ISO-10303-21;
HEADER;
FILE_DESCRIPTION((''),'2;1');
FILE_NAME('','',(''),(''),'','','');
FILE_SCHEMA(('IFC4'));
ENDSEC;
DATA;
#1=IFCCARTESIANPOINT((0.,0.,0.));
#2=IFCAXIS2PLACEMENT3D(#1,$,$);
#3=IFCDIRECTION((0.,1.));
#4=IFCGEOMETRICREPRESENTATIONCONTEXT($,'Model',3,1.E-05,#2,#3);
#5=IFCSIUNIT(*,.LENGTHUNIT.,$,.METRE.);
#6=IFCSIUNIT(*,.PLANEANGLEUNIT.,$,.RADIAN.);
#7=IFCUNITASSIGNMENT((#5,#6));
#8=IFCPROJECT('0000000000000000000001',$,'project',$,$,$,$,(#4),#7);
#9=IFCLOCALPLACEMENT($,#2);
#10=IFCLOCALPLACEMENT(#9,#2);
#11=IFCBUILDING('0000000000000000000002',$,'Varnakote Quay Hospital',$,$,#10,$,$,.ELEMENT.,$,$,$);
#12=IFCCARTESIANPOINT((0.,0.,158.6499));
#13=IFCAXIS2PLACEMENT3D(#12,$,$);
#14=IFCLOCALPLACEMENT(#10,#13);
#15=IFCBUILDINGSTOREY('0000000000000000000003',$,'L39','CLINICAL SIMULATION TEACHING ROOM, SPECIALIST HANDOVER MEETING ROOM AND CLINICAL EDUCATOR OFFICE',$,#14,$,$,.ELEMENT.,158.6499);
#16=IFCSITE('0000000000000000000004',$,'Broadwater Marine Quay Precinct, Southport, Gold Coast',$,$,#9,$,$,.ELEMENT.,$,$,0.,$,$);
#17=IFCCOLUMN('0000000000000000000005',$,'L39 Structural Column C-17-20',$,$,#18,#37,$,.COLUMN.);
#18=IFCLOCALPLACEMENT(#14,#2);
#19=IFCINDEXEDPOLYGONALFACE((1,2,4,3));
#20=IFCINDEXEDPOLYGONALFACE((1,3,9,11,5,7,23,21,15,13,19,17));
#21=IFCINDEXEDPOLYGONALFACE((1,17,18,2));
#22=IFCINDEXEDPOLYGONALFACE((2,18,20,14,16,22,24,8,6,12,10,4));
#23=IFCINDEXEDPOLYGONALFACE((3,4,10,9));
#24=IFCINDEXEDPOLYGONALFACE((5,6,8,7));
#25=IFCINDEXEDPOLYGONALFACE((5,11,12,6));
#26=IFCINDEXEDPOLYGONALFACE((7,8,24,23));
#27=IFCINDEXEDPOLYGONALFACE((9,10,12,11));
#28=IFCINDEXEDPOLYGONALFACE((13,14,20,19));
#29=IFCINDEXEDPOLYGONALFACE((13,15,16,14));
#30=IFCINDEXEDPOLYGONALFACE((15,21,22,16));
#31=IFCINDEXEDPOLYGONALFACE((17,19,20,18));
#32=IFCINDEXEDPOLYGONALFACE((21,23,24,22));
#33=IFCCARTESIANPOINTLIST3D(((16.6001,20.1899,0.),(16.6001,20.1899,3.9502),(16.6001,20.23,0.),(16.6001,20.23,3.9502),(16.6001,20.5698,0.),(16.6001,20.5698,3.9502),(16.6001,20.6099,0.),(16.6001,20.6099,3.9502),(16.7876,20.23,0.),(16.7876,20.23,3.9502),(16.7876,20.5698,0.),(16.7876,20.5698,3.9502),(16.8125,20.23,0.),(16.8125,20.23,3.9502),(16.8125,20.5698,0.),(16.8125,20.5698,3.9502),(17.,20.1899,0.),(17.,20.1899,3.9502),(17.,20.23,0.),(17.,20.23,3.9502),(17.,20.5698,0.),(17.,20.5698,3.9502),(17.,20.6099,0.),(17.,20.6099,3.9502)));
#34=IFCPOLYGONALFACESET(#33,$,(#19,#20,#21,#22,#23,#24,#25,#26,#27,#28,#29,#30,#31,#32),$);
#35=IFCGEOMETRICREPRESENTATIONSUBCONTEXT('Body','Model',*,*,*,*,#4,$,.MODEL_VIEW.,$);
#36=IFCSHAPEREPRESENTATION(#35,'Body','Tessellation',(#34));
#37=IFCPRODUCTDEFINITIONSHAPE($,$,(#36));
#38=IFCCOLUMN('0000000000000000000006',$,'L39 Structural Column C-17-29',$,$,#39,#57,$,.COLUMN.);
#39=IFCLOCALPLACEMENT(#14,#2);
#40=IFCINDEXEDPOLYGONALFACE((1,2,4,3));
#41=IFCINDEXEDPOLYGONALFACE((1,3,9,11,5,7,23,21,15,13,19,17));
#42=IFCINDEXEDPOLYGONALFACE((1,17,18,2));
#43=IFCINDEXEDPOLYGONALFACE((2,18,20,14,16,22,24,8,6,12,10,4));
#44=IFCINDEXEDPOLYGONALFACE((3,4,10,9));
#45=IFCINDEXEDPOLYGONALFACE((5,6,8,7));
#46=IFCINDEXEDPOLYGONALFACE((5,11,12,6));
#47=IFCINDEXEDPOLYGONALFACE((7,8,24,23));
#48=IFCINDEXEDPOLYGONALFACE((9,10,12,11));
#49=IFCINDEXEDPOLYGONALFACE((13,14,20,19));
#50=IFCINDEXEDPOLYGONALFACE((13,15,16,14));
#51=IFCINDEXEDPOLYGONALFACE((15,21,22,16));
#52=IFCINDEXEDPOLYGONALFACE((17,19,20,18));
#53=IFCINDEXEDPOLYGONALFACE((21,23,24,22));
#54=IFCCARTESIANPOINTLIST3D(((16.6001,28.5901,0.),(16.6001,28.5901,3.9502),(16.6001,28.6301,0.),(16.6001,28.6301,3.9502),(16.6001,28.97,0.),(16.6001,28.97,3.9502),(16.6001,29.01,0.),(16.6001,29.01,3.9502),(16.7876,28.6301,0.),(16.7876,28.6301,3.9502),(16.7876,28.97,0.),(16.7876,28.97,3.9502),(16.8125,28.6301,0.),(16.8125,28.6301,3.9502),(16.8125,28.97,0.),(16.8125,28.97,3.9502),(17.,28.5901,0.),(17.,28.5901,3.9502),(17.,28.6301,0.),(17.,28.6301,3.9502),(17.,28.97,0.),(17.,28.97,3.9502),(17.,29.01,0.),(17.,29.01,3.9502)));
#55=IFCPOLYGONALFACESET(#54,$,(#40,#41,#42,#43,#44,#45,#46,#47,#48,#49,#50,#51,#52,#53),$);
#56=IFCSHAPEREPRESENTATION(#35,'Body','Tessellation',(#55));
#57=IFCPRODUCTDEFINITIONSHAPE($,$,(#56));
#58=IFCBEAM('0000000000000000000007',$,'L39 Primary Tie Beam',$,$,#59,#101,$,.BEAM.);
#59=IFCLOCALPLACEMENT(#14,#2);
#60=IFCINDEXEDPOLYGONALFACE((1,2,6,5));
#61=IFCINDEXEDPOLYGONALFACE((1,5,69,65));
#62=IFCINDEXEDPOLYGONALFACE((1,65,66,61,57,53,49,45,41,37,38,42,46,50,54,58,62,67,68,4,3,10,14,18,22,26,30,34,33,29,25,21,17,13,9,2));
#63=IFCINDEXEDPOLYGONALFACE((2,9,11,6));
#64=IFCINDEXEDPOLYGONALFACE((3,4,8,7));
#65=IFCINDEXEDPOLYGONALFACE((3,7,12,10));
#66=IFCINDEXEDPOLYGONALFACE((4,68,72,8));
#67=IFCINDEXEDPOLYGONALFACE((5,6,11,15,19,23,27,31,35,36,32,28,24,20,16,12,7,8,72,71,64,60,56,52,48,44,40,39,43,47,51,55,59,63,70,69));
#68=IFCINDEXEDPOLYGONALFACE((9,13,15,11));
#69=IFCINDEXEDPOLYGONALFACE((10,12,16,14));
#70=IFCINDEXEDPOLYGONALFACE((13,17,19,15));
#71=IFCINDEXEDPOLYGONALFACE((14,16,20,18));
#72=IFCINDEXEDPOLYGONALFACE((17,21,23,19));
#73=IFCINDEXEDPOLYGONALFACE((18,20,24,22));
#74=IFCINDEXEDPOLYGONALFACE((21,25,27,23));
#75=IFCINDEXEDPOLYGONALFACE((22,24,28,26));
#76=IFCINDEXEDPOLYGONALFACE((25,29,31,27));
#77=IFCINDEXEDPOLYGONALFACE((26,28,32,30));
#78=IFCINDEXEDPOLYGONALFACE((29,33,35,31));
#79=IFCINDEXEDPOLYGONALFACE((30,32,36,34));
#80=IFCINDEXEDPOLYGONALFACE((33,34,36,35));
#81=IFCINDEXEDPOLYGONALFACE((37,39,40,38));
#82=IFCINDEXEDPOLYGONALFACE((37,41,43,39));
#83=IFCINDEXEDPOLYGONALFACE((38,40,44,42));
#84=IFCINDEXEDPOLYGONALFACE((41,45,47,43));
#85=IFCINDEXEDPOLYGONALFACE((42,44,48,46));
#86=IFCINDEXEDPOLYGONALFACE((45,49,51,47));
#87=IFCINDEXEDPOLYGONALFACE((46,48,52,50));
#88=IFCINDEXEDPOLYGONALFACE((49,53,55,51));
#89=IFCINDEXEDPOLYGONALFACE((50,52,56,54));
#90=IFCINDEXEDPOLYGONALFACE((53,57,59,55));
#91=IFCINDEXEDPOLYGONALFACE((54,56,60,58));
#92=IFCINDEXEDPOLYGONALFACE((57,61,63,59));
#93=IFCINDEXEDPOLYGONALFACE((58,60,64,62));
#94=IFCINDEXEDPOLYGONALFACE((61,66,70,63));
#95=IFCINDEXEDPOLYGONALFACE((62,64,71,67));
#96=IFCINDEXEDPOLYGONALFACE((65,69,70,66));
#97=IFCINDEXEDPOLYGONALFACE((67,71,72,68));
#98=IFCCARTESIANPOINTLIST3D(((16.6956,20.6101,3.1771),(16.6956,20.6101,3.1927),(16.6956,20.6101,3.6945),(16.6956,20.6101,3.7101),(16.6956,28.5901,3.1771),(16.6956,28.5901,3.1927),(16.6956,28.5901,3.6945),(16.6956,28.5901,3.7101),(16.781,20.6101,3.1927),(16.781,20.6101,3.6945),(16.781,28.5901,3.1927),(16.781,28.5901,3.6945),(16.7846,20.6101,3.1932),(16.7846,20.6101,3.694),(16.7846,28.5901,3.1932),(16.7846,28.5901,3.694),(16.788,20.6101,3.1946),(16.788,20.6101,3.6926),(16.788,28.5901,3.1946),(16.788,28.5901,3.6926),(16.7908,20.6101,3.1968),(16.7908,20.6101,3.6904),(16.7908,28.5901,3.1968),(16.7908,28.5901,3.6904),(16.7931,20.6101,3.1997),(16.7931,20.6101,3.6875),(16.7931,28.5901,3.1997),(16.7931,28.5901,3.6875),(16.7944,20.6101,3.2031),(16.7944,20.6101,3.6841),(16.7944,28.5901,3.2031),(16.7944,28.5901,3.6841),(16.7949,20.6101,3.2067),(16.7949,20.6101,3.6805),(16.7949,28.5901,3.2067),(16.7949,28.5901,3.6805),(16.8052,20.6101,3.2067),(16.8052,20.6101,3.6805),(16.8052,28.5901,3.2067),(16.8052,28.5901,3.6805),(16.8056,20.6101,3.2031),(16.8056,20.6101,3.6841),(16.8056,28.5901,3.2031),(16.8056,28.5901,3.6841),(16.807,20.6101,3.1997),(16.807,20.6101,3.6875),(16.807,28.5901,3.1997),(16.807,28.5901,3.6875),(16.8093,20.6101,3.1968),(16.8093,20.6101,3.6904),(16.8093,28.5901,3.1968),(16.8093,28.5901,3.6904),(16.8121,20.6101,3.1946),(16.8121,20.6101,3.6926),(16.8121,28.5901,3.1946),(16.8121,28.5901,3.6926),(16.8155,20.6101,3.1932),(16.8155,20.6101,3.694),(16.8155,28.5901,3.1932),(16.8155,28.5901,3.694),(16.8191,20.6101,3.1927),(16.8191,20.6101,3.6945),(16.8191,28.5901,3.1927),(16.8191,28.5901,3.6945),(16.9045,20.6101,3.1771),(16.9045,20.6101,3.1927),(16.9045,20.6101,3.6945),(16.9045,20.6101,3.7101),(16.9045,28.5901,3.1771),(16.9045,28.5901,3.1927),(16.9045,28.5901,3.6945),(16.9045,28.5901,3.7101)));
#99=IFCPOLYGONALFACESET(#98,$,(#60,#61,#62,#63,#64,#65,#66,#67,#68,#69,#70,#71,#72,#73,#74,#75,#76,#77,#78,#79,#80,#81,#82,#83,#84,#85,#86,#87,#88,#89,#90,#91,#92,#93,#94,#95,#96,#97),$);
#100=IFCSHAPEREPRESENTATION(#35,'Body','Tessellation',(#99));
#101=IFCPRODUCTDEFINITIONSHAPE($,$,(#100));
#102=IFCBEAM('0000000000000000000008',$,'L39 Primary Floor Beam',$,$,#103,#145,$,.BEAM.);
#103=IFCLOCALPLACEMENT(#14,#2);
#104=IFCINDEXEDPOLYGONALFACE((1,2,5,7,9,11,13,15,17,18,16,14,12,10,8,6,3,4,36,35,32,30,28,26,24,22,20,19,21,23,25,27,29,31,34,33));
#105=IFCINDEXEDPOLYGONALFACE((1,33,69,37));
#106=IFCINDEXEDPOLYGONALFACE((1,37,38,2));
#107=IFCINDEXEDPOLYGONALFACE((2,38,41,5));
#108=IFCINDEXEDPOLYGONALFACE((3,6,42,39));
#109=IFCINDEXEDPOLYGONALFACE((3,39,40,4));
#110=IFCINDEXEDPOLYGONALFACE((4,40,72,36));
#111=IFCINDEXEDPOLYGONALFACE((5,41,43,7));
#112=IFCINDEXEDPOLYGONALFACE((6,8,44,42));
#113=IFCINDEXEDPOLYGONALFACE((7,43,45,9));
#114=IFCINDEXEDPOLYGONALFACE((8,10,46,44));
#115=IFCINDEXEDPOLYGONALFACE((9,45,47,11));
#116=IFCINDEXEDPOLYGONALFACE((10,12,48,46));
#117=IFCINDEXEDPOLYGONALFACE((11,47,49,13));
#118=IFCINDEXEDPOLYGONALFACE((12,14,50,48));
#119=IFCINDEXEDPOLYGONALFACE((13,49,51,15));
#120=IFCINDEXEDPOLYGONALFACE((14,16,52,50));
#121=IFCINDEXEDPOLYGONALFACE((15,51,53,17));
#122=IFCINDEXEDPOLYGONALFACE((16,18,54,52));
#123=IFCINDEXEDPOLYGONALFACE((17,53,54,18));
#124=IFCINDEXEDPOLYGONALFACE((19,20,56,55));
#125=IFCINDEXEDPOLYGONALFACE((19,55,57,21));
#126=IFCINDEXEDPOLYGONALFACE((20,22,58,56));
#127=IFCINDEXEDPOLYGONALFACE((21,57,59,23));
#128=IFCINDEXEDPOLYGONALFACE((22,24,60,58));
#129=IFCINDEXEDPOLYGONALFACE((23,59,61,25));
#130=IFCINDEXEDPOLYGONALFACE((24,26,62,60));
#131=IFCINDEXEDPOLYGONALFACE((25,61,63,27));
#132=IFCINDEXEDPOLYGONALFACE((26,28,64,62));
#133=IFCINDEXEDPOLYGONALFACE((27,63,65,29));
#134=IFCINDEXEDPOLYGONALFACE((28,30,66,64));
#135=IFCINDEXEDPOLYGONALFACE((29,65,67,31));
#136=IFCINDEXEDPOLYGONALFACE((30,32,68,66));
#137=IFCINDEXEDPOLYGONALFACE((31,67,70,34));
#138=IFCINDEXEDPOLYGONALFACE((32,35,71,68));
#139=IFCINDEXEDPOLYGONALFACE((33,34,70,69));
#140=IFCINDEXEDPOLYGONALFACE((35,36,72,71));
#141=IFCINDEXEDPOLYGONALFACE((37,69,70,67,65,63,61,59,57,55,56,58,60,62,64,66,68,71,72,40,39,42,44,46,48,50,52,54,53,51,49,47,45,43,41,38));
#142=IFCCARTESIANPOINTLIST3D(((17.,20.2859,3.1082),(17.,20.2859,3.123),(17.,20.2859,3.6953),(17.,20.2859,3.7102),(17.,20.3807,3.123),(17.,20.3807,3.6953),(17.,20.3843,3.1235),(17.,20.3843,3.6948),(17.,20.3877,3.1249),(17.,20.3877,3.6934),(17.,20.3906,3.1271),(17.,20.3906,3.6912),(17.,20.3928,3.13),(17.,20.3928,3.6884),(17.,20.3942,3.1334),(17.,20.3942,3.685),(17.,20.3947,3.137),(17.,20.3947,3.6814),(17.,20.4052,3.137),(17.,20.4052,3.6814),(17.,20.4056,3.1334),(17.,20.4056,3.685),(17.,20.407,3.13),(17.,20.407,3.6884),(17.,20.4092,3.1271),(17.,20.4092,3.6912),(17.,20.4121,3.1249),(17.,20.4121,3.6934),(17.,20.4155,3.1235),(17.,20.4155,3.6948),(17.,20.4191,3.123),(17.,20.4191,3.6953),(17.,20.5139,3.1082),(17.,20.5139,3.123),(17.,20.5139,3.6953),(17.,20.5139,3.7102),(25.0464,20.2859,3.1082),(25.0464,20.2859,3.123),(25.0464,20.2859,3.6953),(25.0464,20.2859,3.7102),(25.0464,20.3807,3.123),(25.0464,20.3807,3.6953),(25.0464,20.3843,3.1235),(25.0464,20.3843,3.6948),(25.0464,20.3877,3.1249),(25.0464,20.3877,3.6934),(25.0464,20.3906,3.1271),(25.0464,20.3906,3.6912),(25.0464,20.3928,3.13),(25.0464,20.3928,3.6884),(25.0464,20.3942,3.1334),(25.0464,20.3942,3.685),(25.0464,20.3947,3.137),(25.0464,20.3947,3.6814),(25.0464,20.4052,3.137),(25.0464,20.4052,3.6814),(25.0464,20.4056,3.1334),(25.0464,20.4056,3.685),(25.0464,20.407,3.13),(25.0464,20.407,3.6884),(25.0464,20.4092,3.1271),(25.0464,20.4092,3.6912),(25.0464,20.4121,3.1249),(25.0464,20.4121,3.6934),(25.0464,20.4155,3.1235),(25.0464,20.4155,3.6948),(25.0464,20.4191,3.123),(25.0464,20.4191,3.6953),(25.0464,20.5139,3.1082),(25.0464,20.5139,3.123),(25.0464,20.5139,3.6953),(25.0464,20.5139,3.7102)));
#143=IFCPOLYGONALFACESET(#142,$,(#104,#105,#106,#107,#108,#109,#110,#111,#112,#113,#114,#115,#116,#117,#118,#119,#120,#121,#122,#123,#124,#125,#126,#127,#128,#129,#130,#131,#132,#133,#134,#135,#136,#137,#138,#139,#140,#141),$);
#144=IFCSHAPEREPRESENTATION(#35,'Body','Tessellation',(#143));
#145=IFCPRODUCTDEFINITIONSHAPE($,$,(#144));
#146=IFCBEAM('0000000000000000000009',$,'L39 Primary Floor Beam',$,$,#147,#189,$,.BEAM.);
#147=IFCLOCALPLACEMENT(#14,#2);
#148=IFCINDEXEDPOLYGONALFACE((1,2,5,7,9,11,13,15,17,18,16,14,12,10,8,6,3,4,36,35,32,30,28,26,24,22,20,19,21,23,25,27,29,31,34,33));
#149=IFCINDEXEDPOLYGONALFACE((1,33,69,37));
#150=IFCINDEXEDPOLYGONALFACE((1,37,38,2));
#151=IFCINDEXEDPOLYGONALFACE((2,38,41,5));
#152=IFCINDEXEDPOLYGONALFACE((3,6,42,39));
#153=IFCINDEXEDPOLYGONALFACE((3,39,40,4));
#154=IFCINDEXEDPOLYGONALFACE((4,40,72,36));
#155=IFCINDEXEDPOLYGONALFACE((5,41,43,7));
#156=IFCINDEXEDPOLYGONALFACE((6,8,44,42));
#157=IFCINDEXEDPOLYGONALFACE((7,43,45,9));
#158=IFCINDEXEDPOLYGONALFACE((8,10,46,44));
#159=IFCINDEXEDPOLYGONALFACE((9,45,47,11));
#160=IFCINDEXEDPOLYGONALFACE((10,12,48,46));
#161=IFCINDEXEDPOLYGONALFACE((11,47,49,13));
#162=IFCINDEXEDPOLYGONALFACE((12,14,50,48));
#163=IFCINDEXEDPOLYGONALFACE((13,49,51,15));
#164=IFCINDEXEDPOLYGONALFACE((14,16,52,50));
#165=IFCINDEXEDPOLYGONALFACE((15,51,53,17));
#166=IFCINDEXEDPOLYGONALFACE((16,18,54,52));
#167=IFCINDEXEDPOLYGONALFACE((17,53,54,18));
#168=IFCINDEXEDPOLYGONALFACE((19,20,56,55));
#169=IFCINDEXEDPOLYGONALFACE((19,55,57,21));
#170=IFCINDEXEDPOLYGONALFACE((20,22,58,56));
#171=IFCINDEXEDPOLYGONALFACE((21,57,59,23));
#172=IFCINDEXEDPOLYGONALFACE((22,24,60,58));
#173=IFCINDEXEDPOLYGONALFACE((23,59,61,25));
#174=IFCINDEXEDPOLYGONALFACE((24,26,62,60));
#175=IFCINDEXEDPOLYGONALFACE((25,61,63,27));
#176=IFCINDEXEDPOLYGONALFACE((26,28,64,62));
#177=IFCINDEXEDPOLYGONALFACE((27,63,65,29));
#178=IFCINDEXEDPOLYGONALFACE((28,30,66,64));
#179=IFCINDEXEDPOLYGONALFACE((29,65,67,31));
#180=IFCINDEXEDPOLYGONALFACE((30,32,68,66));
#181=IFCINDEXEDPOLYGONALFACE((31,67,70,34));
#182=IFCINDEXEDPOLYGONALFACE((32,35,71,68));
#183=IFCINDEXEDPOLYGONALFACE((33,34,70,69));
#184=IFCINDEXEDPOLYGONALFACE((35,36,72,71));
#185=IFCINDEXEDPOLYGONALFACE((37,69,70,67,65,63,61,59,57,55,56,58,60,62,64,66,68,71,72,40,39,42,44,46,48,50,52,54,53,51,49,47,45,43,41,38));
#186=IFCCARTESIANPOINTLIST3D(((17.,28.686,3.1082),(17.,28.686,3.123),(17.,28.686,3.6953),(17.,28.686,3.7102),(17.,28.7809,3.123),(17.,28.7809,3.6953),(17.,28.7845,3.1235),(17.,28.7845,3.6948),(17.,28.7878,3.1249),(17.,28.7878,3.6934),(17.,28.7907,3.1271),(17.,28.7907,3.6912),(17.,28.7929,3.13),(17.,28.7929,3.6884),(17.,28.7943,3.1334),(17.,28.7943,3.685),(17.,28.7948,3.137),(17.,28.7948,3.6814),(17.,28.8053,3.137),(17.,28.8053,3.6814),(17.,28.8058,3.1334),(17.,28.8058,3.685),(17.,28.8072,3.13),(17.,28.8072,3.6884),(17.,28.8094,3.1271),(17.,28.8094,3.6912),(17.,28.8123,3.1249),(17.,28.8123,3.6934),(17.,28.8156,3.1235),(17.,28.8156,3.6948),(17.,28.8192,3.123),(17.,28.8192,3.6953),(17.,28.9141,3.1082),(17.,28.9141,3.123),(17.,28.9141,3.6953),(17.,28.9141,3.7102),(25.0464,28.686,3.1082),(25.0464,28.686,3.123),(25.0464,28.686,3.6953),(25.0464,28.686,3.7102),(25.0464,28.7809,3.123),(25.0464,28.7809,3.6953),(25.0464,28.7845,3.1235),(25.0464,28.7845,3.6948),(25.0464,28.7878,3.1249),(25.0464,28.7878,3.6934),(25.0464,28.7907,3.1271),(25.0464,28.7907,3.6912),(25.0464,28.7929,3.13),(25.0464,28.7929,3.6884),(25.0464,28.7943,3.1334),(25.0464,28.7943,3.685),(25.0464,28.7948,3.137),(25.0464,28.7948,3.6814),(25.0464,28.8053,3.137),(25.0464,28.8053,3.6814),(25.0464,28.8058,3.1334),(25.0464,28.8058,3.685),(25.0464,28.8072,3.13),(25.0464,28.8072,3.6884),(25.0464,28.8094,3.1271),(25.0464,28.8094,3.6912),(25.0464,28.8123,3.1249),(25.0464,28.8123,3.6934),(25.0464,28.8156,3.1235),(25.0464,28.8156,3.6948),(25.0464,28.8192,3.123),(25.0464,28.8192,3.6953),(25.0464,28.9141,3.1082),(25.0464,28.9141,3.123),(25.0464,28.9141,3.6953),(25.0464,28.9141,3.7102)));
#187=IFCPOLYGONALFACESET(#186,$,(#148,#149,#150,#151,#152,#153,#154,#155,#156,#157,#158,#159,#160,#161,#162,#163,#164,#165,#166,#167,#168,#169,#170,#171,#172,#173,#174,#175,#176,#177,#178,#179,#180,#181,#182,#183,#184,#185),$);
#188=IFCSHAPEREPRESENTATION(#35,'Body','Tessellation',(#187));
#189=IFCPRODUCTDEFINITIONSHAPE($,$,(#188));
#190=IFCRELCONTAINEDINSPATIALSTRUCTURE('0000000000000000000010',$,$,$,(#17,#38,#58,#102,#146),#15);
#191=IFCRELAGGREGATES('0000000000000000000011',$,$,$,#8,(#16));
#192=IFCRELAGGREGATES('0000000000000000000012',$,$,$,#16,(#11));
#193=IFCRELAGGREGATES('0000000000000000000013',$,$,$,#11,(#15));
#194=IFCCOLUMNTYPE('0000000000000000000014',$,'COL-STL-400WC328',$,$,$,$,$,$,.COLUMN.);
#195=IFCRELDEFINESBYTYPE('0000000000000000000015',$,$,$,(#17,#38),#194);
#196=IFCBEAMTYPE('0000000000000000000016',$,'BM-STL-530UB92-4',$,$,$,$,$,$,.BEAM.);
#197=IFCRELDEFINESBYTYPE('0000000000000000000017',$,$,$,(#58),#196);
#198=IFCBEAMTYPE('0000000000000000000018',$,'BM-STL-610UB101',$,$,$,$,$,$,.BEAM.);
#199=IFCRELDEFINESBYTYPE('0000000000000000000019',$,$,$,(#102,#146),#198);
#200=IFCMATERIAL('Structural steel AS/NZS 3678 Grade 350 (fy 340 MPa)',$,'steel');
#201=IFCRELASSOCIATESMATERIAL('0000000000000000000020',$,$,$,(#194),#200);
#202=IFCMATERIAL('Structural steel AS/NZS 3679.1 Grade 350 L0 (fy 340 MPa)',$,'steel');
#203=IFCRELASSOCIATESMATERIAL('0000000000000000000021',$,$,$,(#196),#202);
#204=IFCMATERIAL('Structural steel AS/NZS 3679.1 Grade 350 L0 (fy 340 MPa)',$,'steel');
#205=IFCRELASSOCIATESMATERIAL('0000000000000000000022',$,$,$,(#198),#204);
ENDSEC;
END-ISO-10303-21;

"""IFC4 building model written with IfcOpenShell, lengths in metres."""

from ifc_helpers import new_model, si_unit, direction, frame, origin, origin_2d, place, context, subcontext, project, spatial, i_section, extrude, material, material_profile, profile_set, type_object, element, save


model = new_model("IFC4")

# Units and contexts
model_context = context("Model", 3, precision=1e-05, world=origin(), true_north=direction((0.0, 1.0)))
body_context = subcontext(model_context, "Body", "Model", "MODEL_VIEW")
ifc_project = project(units=[si_unit("LENGTHUNIT", "METRE"), si_unit("PLANEANGLEUNIT", "RADIAN")], contexts=[model_context])

# Site, building, storey
site_placement = place(None, origin())
site = spatial("IfcSite", under=ifc_project, at=site_placement, Name="Broadwater Marine Quay Precinct, Southport, Gold Coast", CompositionType="ELEMENT", RefElevation=0.0)
building_placement = place(site_placement, origin())
building = spatial("IfcBuilding", under=site, at=building_placement, Name="Varnakote Quay Hospital", CompositionType="ELEMENT")
storey_placement = place(building_placement, frame((0.0, 0.0, 158.6499)))
storey = spatial("IfcBuildingStorey", under=building, at=storey_placement, Name="L39", Description="CLINICAL SIMULATION TEACHING ROOM, SPECIALIST HANDOVER MEETING ROOM AND CLINICAL EDUCATOR OFFICE", CompositionType="ELEMENT", Elevation=158.6499)

# Columns
ifc_material_1 = material(Name="Structural steel AS/NZS 3678 Grade 350 (fy 340 MPa)", Category="steel")
ifc_material_profile_1 = material_profile(ifc_material_1, i_section(OverallWidth=0.3999, OverallDepth=0.4199, WebThickness=0.0249, FlangeThickness=0.04, at=origin_2d()), Name="400WC328")
ifc_profile_set_1 = profile_set([ifc_material_profile_1], Name="Structural steel AS/NZS 3678 Grade 350 (fy 340 MPa)")
column_type = type_object("IfcColumnType", Name="COL-STL-400WC328", PredefinedType="COLUMN", material=ifc_profile_set_1)
for number, where, z_axis, x_axis, name in (
    (1, (16.8, 20.3999, 0.0), (0.0, 0.0, 1.0), (1.0, 0.0, 0.0), "L39 Structural Column C-17-20"),
    (2, (16.8, 28.8, 0.0), (0.0, 0.0, 1.0), (1.0, 0.0, 0.0), "L39 Structural Column C-17-29"),
):
    element("IfcColumn", number, at=place(storey_placement, frame(where, z_axis=z_axis, x_axis=x_axis)), inside=storey, type_object=column_type, Name=name, PredefinedType="COLUMN", context=body_context, shape_type="SweptSolid", body=[
        extrude(i_section(OverallWidth=0.3999, OverallDepth=0.4199, WebThickness=0.0249, FlangeThickness=0.04, at=origin_2d()), origin(), (0.0, 0.0, 1.0), 3.9502),
    ])

# Beams
ifc_material_2 = material(Name="Structural steel AS/NZS 3679.1 Grade 350 L0 (fy 340 MPa)", Category="steel")
ifc_material_profile_2 = material_profile(ifc_material_2, i_section(OverallWidth=0.209, OverallDepth=0.533, WebThickness=0.0103, FlangeThickness=0.0156, FilletRadius=0.0139, at=origin_2d()), Name="530UB92.4")
ifc_profile_set_2 = profile_set([ifc_material_profile_2], Name="Structural steel AS/NZS 3679.1 Grade 350 L0 (fy 340 MPa)")
beam_type_1 = type_object("IfcBeamType", Name="BM-STL-530UB92-4", PredefinedType="BEAM", material=ifc_profile_set_2)
beam_1_placement = place(storey_placement, frame((16.8, 20.6101, 3.4436), z_axis=(0.0, 1.0, 0.0), x_axis=(-1.0, 0.0, 0.0)))
element("IfcBeam", 3, at=beam_1_placement, inside=storey, type_object=beam_type_1, Name="L39 Primary Tie Beam", PredefinedType="BEAM", context=body_context, shape_type="SweptSolid", body=[
    extrude(i_section(OverallWidth=0.209, OverallDepth=0.533, WebThickness=0.0103, FlangeThickness=0.0156, FilletRadius=0.0139, at=origin_2d()), origin(), (0.0, 0.0, 1.0), 7.98),
])
ifc_material_3 = material(Name="Structural steel AS/NZS 3679.1 Grade 350 L0 (fy 340 MPa)", Category="steel")
ifc_material_profile_3 = material_profile(ifc_material_3, i_section(OverallWidth=0.228, OverallDepth=0.6021, WebThickness=0.0105, FlangeThickness=0.0149, FilletRadius=0.0139, at=origin_2d()), Name="610UB101")
ifc_profile_set_3 = profile_set([ifc_material_profile_3], Name="Structural steel AS/NZS 3679.1 Grade 350 L0 (fy 340 MPa)")
beam_type_2 = type_object("IfcBeamType", Name="BM-STL-610UB101", PredefinedType="BEAM", material=ifc_profile_set_3)
for number, where, z_axis, x_axis, name in (
    (4, (17.0, 20.3999, 3.4092), (1.0, 0.0, 0.0), (0.0, 1.0, 0.0), "L39 Primary Floor Beam"),
    (5, (17.0, 28.8, 3.4092), (1.0, 0.0, 0.0), (0.0, 1.0, 0.0), "L39 Primary Floor Beam"),
):
    element("IfcBeam", number, at=place(storey_placement, frame(where, z_axis=z_axis, x_axis=x_axis)), inside=storey, type_object=beam_type_2, Name=name, PredefinedType="BEAM", context=body_context, shape_type="SweptSolid", body=[
        extrude(i_section(OverallWidth=0.228, OverallDepth=0.6021, WebThickness=0.0105, FlangeThickness=0.0149, FilletRadius=0.0139, at=origin_2d()), origin(), (0.0, 0.0, 1.0), 8.0464),
    ])

save(model, "model.ifc")
